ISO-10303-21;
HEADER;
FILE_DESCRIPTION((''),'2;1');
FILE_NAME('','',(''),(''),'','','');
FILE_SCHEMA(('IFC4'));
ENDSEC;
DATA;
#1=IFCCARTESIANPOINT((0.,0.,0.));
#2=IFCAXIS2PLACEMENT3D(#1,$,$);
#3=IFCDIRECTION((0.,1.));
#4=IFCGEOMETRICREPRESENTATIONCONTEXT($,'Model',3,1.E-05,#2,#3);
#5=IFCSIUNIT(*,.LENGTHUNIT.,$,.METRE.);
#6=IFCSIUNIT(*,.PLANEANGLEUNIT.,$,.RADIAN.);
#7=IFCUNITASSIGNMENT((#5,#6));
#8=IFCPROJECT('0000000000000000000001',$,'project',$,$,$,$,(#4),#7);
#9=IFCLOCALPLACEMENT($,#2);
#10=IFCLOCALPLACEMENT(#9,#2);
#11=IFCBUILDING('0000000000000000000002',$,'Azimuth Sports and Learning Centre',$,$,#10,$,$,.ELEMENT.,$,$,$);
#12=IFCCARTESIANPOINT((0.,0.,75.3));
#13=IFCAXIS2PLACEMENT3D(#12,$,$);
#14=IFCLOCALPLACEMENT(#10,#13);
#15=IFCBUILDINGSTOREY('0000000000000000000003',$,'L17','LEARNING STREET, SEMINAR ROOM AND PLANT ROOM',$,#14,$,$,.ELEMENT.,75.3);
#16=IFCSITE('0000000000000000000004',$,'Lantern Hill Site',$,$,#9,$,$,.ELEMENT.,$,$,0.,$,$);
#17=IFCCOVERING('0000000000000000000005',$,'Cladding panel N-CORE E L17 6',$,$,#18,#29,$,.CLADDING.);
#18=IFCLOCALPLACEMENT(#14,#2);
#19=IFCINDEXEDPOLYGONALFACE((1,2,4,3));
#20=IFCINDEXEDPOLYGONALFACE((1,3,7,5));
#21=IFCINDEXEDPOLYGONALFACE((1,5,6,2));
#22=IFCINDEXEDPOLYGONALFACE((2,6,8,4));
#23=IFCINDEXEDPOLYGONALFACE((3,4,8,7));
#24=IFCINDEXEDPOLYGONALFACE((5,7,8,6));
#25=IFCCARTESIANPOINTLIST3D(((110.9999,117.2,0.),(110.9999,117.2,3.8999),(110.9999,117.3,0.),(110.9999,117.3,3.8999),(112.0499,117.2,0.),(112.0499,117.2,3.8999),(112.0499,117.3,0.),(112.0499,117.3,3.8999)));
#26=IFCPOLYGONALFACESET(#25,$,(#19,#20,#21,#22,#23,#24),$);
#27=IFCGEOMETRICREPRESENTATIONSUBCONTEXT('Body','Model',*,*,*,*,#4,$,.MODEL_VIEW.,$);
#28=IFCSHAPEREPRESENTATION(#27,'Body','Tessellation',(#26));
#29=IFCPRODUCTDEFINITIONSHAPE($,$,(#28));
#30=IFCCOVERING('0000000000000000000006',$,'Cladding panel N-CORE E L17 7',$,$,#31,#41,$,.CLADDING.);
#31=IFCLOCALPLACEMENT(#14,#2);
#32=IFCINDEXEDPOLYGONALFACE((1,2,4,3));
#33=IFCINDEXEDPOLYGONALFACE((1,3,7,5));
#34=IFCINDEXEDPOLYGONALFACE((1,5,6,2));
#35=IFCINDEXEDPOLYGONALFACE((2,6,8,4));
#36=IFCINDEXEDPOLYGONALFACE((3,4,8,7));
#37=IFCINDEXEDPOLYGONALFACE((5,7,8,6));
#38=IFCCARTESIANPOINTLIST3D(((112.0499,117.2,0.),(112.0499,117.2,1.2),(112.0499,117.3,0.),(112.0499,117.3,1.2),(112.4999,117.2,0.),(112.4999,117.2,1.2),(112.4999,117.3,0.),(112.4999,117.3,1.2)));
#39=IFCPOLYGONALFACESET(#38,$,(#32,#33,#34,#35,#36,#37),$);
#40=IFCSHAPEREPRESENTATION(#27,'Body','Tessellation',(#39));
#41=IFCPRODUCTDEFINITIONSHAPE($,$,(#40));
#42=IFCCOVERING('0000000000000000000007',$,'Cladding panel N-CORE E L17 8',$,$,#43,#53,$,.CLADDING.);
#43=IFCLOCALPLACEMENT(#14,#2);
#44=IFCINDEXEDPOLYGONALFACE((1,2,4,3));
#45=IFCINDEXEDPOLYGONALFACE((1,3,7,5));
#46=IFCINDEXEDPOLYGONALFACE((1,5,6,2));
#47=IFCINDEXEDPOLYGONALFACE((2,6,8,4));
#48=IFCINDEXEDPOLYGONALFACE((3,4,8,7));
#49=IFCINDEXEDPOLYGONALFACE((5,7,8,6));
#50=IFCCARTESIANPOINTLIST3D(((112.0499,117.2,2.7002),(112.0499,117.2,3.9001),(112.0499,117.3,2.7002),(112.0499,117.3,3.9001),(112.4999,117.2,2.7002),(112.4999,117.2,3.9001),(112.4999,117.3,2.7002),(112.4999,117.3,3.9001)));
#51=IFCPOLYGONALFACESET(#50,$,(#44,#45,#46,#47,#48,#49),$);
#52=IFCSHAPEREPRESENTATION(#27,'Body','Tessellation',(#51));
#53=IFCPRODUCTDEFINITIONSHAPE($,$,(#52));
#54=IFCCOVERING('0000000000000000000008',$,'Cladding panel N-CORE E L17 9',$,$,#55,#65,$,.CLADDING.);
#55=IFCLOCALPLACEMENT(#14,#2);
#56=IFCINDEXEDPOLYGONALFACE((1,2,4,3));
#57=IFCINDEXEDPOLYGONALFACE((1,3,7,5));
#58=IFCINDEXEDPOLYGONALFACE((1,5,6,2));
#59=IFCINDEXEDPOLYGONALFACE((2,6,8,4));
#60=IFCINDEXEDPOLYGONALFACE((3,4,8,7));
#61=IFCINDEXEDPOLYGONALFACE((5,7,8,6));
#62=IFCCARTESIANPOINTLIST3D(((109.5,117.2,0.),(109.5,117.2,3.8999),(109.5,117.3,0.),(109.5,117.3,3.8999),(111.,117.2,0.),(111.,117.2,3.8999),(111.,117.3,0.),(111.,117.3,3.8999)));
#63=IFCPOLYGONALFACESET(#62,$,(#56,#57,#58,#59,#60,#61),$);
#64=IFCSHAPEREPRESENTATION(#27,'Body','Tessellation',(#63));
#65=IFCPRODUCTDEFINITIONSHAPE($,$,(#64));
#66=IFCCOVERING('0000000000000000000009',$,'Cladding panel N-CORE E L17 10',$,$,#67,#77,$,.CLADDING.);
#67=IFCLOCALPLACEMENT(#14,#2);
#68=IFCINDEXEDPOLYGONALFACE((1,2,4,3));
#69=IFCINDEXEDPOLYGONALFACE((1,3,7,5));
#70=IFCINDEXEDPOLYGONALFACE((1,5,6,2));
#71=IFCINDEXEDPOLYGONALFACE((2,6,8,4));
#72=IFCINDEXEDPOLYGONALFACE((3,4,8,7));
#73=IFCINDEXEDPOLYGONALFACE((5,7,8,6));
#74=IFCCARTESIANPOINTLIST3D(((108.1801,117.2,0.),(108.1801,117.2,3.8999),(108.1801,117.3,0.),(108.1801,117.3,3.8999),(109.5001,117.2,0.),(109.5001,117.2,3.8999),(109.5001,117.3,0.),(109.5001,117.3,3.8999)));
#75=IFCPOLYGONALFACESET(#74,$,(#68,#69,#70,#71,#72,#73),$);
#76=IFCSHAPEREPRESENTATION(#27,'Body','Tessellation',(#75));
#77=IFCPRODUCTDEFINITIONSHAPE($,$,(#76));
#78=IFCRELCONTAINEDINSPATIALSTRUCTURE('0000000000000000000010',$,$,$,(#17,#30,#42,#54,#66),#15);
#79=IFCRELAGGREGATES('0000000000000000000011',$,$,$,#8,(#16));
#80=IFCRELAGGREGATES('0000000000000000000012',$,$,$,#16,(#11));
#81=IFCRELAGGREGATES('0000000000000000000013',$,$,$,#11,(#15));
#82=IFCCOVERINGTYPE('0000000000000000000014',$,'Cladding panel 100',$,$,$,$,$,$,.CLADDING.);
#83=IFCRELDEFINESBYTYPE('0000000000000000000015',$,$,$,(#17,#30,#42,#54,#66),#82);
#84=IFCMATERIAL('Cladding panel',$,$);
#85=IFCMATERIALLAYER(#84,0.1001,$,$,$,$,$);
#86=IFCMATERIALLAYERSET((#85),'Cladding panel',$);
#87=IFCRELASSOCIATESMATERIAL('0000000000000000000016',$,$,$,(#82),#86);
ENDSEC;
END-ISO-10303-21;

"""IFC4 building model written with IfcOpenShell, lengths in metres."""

from ifc_helpers import new_model, si_unit, direction, frame, origin, origin_2d, place, context, subcontext, project, spatial, rectangle, extrude, material, layer, layer_set, type_object, element, save


model = new_model("IFC4")

# Units and contexts
model_context = context("Model", 3, precision=1e-05, world=origin(), true_north=direction((0.0, 1.0)))
body_context = subcontext(model_context, "Body", "Model", "MODEL_VIEW")
ifc_project = project(units=[si_unit("LENGTHUNIT", "METRE"), si_unit("PLANEANGLEUNIT", "RADIAN")], contexts=[model_context])

# Site, building, storey
site_placement = place(None, origin())
site = spatial("IfcSite", under=ifc_project, at=site_placement, Name="Lantern Hill Site", CompositionType="ELEMENT", RefElevation=0.0)
building_placement = place(site_placement, origin())
building = spatial("IfcBuilding", under=site, at=building_placement, Name="Azimuth Sports and Learning Centre", CompositionType="ELEMENT")
storey_placement = place(building_placement, frame((0.0, 0.0, 75.3)))
storey = spatial("IfcBuildingStorey", under=building, at=storey_placement, Name="L17", Description="LEARNING STREET, SEMINAR ROOM AND PLANT ROOM", CompositionType="ELEMENT", Elevation=75.3)

# Coverings
ifc_material_1 = material(Name="Cladding panel")
ifc_layer_1 = layer(ifc_material_1, 0.1001)
ifc_layer_set_1 = layer_set([ifc_layer_1], Name="Cladding panel")
covering_type = type_object("IfcCoveringType", Name="Cladding panel 100", PredefinedType="CLADDING", material=ifc_layer_set_1)
covering_1_placement = place(storey_placement, frame((111.5249, 117.25, 0.0), z_axis=(0.0, 0.0, 1.0), x_axis=(-1.0, 0.0, 0.0)))
element("IfcCovering", 1, at=covering_1_placement, inside=storey, type_object=covering_type, Name="Cladding panel N-CORE E L17 6", PredefinedType="CLADDING", context=body_context, shape_type="SweptSolid", body=[
    extrude(rectangle(XDim=1.05, YDim=0.1001, at=origin_2d()), origin(), (0.0, 0.0, 1.0), 3.8999),
])
for number, where, z_axis, x_axis, name in (
    (2, (112.2749, 117.25, 0.0), (0.0, 0.0, 1.0), (-1.0, 0.0, 0.0), "Cladding panel N-CORE E L17 7"),
    (3, (112.2749, 117.25, 2.7002), (0.0, 0.0, 1.0), (-1.0, 0.0, 0.0), "Cladding panel N-CORE E L17 8"),
):
    element("IfcCovering", number, at=place(storey_placement, frame(where, z_axis=z_axis, x_axis=x_axis)), inside=storey, type_object=covering_type, Name=name, PredefinedType="CLADDING", context=body_context, shape_type="SweptSolid", body=[
        extrude(rectangle(XDim=0.45, YDim=0.1001, at=origin_2d()), origin(), (0.0, 0.0, 1.0), 1.2),
    ])
covering_2_placement = place(storey_placement, frame((110.25, 117.25, 0.0), z_axis=(0.0, 0.0, 1.0), x_axis=(-1.0, 0.0, 0.0)))
element("IfcCovering", 4, at=covering_2_placement, inside=storey, type_object=covering_type, Name="Cladding panel N-CORE E L17 9", PredefinedType="CLADDING", context=body_context, shape_type="SweptSolid", body=[
    extrude(rectangle(XDim=1.5, YDim=0.1001, at=origin_2d()), origin(), (0.0, 0.0, 1.0), 3.8999),
])
covering_3_placement = place(storey_placement, frame((108.8401, 117.25, 0.0), z_axis=(0.0, 0.0, 1.0), x_axis=(-1.0, 0.0, 0.0)))
element("IfcCovering", 5, at=covering_3_placement, inside=storey, type_object=covering_type, Name="Cladding panel N-CORE E L17 10", PredefinedType="CLADDING", context=body_context, shape_type="SweptSolid", body=[
    extrude(rectangle(XDim=1.3201, YDim=0.1001, at=origin_2d()), origin(), (0.0, 0.0, 1.0), 3.8999),
])

save(model, "model.ifc")
